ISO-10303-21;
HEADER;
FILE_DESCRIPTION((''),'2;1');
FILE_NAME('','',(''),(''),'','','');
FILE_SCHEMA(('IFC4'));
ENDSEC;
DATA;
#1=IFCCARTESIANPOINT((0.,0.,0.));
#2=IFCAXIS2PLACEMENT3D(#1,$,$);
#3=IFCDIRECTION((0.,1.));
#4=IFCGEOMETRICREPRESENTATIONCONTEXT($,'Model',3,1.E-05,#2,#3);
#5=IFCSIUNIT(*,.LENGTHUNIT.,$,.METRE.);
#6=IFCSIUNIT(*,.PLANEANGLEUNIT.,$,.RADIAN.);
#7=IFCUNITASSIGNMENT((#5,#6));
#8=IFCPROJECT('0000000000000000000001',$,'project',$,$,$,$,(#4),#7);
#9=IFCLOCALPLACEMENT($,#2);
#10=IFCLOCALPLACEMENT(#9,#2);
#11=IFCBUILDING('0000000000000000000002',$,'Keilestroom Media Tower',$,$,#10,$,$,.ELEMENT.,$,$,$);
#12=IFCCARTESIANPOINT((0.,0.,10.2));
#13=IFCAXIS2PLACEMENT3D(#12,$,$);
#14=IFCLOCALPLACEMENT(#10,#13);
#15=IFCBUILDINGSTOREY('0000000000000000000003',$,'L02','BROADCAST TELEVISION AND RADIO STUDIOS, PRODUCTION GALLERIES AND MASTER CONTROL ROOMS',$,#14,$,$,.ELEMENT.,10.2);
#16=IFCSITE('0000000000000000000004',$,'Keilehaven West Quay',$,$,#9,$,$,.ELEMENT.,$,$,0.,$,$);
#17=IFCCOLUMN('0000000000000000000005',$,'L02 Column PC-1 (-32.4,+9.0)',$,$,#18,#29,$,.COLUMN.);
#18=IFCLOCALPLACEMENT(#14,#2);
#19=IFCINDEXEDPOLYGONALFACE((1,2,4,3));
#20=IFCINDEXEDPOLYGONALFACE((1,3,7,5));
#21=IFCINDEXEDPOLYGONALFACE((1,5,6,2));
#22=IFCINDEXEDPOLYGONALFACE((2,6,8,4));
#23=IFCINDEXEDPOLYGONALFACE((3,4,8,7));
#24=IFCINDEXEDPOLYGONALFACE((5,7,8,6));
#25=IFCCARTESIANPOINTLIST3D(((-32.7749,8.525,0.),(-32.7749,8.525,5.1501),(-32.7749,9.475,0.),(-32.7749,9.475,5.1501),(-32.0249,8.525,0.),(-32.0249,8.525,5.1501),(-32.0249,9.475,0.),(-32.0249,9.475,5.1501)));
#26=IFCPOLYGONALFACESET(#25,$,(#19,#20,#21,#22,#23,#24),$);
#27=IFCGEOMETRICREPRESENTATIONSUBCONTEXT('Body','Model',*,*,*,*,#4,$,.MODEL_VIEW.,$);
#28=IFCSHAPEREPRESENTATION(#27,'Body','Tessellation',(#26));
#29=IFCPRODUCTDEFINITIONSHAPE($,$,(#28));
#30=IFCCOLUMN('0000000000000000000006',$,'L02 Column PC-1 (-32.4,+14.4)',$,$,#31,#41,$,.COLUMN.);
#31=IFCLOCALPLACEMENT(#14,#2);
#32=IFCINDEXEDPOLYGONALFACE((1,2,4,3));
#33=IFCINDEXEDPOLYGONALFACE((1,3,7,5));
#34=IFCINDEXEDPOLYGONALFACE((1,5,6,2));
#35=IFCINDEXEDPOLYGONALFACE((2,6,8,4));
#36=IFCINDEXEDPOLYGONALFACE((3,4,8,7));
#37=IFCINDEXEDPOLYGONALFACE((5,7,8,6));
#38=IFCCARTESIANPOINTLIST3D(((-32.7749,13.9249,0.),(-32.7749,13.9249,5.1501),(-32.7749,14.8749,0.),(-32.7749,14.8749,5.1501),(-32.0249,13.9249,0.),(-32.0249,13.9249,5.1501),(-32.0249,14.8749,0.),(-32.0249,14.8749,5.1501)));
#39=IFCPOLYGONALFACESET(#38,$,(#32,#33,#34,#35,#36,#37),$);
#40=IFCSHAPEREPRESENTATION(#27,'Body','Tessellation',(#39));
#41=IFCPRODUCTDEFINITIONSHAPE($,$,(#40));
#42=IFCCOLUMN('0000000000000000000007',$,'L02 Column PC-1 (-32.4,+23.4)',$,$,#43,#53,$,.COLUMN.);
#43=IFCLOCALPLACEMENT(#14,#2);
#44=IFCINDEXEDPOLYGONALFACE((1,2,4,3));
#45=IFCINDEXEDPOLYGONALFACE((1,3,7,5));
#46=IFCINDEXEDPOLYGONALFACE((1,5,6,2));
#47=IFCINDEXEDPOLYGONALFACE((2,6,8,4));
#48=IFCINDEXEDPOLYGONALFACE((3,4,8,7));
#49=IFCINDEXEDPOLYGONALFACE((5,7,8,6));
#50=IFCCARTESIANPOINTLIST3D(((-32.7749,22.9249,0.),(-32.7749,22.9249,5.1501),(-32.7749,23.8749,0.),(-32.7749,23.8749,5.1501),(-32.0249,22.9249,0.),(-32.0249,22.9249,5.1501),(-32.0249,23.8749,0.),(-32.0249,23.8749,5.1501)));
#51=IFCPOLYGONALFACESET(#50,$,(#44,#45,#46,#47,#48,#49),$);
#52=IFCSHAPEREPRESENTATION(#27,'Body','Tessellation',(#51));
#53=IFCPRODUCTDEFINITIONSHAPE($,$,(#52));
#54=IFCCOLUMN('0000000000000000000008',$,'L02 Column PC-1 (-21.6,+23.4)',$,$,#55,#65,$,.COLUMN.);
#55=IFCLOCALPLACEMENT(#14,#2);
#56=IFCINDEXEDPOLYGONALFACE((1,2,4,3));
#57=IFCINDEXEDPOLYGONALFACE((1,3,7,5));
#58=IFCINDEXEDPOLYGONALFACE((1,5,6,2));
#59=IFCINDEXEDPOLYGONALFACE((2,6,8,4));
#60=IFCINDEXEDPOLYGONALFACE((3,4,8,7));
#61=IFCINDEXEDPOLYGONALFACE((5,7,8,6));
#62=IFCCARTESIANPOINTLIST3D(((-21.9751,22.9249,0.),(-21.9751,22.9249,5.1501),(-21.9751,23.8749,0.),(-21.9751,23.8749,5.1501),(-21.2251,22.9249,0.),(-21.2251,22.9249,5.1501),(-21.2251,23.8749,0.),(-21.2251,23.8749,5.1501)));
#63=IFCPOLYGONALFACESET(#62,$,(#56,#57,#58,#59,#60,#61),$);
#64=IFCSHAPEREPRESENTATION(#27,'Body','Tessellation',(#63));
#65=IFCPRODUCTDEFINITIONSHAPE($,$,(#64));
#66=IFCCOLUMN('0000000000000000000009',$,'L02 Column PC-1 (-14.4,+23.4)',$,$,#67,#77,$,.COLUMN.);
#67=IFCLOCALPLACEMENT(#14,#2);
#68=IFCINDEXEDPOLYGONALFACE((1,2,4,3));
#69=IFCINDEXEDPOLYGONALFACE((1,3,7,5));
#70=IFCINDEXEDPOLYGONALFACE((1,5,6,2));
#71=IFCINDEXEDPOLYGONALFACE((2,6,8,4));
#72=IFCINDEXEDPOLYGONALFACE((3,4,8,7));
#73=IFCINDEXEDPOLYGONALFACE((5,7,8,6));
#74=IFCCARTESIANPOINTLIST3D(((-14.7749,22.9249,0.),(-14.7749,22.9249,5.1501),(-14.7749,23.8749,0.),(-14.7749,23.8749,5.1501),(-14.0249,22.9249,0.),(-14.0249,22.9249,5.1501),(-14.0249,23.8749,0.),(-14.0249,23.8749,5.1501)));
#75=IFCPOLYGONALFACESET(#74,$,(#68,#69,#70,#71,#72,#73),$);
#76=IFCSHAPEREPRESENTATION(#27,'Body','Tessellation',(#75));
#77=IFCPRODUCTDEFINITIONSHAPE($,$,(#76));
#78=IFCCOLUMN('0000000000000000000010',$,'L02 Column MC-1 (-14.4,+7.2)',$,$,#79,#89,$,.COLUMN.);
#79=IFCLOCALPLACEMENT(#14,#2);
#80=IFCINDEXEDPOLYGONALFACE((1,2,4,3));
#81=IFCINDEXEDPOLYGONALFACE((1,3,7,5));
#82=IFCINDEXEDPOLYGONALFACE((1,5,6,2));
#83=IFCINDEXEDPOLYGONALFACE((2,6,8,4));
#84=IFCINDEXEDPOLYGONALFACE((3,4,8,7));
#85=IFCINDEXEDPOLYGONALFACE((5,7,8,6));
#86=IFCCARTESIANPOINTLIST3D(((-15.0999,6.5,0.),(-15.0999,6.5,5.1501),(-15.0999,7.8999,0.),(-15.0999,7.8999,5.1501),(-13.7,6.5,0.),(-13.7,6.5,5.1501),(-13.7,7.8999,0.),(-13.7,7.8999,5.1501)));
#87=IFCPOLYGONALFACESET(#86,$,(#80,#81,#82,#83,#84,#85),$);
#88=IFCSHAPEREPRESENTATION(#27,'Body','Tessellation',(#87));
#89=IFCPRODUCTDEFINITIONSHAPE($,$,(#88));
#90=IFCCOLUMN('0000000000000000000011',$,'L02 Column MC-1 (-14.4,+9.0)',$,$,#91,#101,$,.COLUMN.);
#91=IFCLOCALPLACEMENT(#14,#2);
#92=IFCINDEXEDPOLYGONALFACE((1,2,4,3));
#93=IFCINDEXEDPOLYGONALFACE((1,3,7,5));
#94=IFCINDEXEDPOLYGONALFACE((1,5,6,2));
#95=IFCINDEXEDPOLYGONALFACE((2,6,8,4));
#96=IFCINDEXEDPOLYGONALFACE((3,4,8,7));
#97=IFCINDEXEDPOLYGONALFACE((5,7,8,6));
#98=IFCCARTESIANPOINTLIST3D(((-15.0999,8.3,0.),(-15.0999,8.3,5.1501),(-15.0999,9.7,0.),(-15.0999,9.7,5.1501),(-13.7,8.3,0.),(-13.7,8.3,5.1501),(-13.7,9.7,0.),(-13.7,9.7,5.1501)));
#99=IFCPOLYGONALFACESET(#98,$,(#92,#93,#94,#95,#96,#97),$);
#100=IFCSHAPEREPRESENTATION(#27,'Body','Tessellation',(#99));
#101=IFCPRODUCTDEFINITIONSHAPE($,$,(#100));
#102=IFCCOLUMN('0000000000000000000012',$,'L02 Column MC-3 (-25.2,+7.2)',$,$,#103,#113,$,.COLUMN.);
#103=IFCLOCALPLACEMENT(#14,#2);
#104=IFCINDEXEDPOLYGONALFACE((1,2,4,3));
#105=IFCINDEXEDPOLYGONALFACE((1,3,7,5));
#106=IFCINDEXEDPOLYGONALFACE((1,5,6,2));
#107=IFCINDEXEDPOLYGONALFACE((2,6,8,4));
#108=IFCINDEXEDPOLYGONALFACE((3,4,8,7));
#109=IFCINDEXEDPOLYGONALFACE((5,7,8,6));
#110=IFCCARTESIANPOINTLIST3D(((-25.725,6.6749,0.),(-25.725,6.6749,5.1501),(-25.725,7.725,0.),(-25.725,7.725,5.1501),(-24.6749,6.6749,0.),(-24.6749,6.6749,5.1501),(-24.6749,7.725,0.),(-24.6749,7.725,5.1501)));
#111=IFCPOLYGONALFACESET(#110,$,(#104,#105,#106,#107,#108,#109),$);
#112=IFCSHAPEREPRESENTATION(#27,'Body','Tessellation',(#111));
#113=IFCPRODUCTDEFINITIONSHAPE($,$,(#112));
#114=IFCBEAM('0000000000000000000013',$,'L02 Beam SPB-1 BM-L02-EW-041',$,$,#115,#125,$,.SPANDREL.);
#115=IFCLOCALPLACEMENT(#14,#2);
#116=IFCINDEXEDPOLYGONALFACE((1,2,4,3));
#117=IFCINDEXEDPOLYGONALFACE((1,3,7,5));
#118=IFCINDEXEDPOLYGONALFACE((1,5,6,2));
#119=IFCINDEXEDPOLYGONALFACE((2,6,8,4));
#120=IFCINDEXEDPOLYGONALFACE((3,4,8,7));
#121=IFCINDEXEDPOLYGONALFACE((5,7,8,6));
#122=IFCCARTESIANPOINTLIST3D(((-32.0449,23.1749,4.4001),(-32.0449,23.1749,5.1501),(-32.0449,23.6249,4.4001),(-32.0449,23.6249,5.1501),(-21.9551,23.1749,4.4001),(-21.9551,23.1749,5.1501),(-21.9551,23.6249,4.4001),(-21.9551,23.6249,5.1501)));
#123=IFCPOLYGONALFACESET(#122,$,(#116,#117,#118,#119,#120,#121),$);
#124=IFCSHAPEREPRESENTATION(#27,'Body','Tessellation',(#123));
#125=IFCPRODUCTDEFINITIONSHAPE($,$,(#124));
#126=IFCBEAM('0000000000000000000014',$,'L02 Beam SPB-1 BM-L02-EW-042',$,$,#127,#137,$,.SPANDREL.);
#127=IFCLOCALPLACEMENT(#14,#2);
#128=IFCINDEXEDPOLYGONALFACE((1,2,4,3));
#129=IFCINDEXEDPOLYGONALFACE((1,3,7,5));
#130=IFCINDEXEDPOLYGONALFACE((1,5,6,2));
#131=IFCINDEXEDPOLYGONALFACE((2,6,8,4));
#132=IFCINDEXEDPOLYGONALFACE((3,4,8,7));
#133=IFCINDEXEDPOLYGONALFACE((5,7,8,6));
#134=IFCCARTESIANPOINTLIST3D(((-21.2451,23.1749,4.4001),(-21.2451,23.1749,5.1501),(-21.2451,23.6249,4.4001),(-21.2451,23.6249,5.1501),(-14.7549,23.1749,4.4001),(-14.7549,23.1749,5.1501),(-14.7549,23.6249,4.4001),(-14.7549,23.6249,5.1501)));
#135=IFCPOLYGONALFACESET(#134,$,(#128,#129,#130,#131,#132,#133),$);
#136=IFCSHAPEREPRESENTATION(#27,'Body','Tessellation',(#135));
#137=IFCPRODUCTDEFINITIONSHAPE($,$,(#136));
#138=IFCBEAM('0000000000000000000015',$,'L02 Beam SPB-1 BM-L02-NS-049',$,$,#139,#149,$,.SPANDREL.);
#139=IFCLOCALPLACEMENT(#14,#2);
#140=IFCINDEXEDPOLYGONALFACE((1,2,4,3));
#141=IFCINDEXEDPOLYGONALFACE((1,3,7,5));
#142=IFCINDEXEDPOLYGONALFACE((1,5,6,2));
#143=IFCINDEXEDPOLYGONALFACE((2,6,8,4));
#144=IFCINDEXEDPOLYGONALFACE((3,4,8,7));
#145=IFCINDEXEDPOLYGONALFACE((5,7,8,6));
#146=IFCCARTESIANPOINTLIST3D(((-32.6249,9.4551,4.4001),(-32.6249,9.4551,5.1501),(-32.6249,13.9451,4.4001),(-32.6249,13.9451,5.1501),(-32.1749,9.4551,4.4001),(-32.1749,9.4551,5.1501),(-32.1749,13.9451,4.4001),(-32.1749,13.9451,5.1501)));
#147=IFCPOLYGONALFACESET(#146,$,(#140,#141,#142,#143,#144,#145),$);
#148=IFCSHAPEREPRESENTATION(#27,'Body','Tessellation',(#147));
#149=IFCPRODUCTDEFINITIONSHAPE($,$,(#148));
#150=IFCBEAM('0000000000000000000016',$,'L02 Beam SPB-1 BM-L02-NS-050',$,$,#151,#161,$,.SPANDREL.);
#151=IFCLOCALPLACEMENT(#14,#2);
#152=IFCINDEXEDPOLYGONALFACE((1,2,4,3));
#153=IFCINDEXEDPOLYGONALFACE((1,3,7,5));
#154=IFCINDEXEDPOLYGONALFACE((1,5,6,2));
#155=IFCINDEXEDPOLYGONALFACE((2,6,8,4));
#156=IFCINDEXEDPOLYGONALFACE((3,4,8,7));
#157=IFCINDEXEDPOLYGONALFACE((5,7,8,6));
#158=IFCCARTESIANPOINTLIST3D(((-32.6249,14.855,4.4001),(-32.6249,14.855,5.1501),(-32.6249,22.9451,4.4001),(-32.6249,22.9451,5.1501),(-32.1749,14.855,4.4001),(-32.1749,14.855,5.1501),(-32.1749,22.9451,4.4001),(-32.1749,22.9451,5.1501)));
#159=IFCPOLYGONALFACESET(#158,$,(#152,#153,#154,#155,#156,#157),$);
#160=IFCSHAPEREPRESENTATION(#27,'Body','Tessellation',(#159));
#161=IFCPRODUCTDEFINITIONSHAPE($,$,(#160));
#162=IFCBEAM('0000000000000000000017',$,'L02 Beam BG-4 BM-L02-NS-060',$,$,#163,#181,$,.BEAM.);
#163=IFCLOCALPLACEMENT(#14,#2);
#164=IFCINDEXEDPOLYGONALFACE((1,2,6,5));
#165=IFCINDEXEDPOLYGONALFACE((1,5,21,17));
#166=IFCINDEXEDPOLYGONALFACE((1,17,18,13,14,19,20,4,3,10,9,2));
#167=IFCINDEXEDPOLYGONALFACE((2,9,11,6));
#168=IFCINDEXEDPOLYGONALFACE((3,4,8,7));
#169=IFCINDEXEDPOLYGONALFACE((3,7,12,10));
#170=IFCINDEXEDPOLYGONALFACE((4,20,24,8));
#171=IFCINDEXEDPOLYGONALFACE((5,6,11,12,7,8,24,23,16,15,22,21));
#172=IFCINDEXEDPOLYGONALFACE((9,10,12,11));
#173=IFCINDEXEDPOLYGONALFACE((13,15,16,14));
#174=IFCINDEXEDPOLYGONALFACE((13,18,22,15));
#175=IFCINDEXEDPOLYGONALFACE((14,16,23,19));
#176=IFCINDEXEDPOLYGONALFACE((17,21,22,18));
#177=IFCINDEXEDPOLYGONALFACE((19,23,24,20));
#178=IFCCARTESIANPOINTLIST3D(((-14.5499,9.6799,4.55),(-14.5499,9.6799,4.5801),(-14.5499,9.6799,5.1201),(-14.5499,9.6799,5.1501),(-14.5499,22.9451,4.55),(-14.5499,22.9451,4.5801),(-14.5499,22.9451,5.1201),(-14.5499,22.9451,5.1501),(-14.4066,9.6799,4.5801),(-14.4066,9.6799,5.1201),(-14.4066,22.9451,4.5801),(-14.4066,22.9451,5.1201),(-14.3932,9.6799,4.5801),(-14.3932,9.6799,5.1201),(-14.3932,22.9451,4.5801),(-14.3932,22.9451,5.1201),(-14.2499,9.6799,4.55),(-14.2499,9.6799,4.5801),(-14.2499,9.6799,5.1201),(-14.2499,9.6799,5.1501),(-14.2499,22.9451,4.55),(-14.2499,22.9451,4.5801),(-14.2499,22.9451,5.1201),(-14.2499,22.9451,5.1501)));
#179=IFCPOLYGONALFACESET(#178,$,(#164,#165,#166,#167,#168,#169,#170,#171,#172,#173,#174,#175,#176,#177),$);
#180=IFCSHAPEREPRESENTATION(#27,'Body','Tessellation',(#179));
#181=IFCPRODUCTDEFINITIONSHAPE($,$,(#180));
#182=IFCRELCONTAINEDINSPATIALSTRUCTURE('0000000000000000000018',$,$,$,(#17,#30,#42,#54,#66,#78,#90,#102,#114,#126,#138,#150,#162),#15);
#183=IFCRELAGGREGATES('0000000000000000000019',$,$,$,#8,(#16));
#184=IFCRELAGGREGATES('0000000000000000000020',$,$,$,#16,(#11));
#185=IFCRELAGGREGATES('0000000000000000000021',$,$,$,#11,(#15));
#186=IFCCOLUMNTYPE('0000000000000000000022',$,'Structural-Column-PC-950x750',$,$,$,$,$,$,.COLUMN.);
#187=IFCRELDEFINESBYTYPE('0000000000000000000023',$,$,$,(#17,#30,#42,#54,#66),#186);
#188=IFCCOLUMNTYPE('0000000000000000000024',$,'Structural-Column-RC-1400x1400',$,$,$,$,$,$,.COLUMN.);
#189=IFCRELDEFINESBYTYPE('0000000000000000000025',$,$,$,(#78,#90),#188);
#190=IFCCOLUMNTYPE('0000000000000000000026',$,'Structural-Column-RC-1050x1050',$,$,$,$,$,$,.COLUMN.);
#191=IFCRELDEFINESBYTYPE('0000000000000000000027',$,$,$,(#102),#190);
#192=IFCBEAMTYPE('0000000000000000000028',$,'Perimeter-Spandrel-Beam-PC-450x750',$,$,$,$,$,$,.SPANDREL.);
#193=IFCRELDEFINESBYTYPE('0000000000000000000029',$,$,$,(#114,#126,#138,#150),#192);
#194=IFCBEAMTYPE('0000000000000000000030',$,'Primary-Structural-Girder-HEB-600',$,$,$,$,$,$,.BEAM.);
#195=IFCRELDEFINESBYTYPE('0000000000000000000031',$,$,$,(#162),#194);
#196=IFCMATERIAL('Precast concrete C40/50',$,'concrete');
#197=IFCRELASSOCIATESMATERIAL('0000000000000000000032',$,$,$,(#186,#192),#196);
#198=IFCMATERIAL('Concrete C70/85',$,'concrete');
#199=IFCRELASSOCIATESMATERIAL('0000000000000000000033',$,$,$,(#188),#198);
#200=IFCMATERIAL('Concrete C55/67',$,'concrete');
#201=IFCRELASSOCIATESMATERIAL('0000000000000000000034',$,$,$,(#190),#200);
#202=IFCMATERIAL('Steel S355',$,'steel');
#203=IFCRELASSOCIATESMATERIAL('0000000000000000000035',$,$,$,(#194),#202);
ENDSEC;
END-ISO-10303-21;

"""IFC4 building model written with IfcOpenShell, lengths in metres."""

from ifc_helpers import new_model, si_unit, direction, frame, origin, origin_2d, place, context, subcontext, project, spatial, rectangle, i_section, extrude, source, transform, mapped, material, material_profile, profile_set, type_object, element, save


model = new_model("IFC4")

# Units and contexts
model_context = context("Model", 3, precision=1e-05, world=origin(), true_north=direction((0.0, 1.0)))
body_context = subcontext(model_context, "Body", "Model", "MODEL_VIEW")
ifc_project = project(units=[si_unit("LENGTHUNIT", "METRE"), si_unit("PLANEANGLEUNIT", "RADIAN")], contexts=[model_context])

# Site, building, storey
site_placement = place(None, origin())
site = spatial("IfcSite", under=ifc_project, at=site_placement, Name="Keilehaven West Quay", CompositionType="ELEMENT", RefElevation=0.0)
building_placement = place(site_placement, origin())
building = spatial("IfcBuilding", under=site, at=building_placement, Name="Keilestroom Media Tower", CompositionType="ELEMENT")
storey_placement = place(building_placement, frame((0.0, 0.0, 10.2)))
storey = spatial("IfcBuildingStorey", under=building, at=storey_placement, Name="L02", Description="BROADCAST TELEVISION AND RADIO STUDIOS, PRODUCTION GALLERIES AND MASTER CONTROL ROOMS", CompositionType="ELEMENT", Elevation=10.2)

# Columns
ifc_material_1 = material(Name="Precast concrete C40/50", Category="concrete")
ifc_material_profile_1 = material_profile(ifc_material_1, rectangle(XDim=0.75, YDim=0.95, at=origin_2d()), Name="PC 950x750")
ifc_profile_set_1 = profile_set([ifc_material_profile_1], Name="Precast concrete C40/50")
column_type_1 = type_object("IfcColumnType", Name="Structural-Column-PC-950x750", PredefinedType="COLUMN", material=ifc_profile_set_1)
shared_shape_1 = source(origin(), body_context, "Body", "SweptSolid", [
    extrude(rectangle(XDim=0.75, YDim=0.95, at=origin_2d()), origin(), (0.0, 0.0, 1.0), 5.1501),
])
for number, where, z_axis, x_axis, name in (
    (1, (-32.3999, 9.0, 0.0), (0.0, 0.0, 1.0), (1.0, 0.0, 0.0), "L02 Column PC-1 (-32.4,+9.0)"),
    (2, (-32.3999, 14.3999, 0.0), (0.0, 0.0, 1.0), (1.0, 0.0, 0.0), "L02 Column PC-1 (-32.4,+14.4)"),
    (3, (-32.3999, 23.3999, 0.0), (0.0, 0.0, 1.0), (1.0, 0.0, 0.0), "L02 Column PC-1 (-32.4,+23.4)"),
    (4, (-21.6001, 23.3999, 0.0), (0.0, 0.0, 1.0), (1.0, 0.0, 0.0), "L02 Column PC-1 (-21.6,+23.4)"),
    (5, (-14.3999, 23.3999, 0.0), (0.0, 0.0, 1.0), (1.0, 0.0, 0.0), "L02 Column PC-1 (-14.4,+23.4)"),
):
    element("IfcColumn", number, at=place(storey_placement, frame(where, z_axis=z_axis, x_axis=x_axis)), inside=storey, type_object=column_type_1, Name=name, PredefinedType="COLUMN", context=body_context, shape_type="MappedRepresentation", body=[
        mapped(shared_shape_1, transform((0.0, 0.0, 0.0), x_axis=(1.0, 0.0, 0.0), y_axis=(0.0, 1.0, 0.0), z_axis=(0.0, 0.0, 1.0), scale=1.0)),
    ])
ifc_material_2 = material(Name="Concrete C70/85", Category="concrete")
ifc_material_profile_2 = material_profile(ifc_material_2, rectangle(XDim=1.3999, YDim=1.3999, at=origin_2d()), Name="RC 1400x1400")
ifc_profile_set_2 = profile_set([ifc_material_profile_2], Name="Concrete C70/85")
column_type_2 = type_object("IfcColumnType", Name="Structural-Column-RC-1400x1400", PredefinedType="COLUMN", material=ifc_profile_set_2)
shared_shape_2 = source(origin(), body_context, "Body", "SweptSolid", [
    extrude(rectangle(XDim=1.3999, YDim=1.3999, at=origin_2d()), origin(), (0.0, 0.0, 1.0), 5.1501),
])
for number, where, z_axis, x_axis, name in (
    (6, (-14.3999, 7.2, 0.0), (0.0, 0.0, 1.0), (1.0, 0.0, 0.0), "L02 Column MC-1 (-14.4,+7.2)"),
    (7, (-14.3999, 9.0, 0.0), (0.0, 0.0, 1.0), (1.0, 0.0, 0.0), "L02 Column MC-1 (-14.4,+9.0)"),
):
    element("IfcColumn", number, at=place(storey_placement, frame(where, z_axis=z_axis, x_axis=x_axis)), inside=storey, type_object=column_type_2, Name=name, PredefinedType="COLUMN", context=body_context, shape_type="MappedRepresentation", body=[
        mapped(shared_shape_2, transform((0.0, 0.0, 0.0), x_axis=(1.0, 0.0, 0.0), y_axis=(0.0, 1.0, 0.0), z_axis=(0.0, 0.0, 1.0), scale=1.0)),
    ])
ifc_material_3 = material(Name="Concrete C55/67", Category="concrete")
ifc_material_profile_3 = material_profile(ifc_material_3, rectangle(XDim=1.05, YDim=1.05, at=origin_2d()), Name="RC 1050x1050")
ifc_profile_set_3 = profile_set([ifc_material_profile_3], Name="Concrete C55/67")
column_type_3 = type_object("IfcColumnType", Name="Structural-Column-RC-1050x1050", PredefinedType="COLUMN", material=ifc_profile_set_3)
shared_shape_3 = source(origin(), body_context, "Body", "SweptSolid", [
    extrude(rectangle(XDim=1.05, YDim=1.05, at=origin_2d()), origin(), (0.0, 0.0, 1.0), 5.1501),
])
column_placement = place(storey_placement, frame((-25.2, 7.2, 0.0), z_axis=(0.0, 0.0, 1.0), x_axis=(1.0, 0.0, 0.0)))
element("IfcColumn", 8, at=column_placement, inside=storey, type_object=column_type_3, Name="L02 Column MC-3 (-25.2,+7.2)", PredefinedType="COLUMN", context=body_context, shape_type="MappedRepresentation", body=[
    mapped(shared_shape_3, transform((0.0, 0.0, 0.0), x_axis=(1.0, 0.0, 0.0), y_axis=(0.0, 1.0, 0.0), z_axis=(0.0, 0.0, 1.0), scale=1.0)),
])

# Beams
ifc_material_profile_4 = material_profile(ifc_material_1, rectangle(XDim=0.45, YDim=0.75, at=origin_2d()), Name="PC 450x750")
ifc_profile_set_4 = profile_set([ifc_material_profile_4], Name="Precast concrete C40/50")
beam_type_1 = type_object("IfcBeamType", Name="Perimeter-Spandrel-Beam-PC-450x750", PredefinedType="SPANDREL", material=ifc_profile_set_4)
shared_shape_4 = source(origin(), body_context, "Body", "SweptSolid", [
    extrude(rectangle(XDim=0.45, YDim=0.75, at=origin_2d()), origin(), (0.0, 0.0, 1.0), 10.0898),
])
beam_1_placement = place(storey_placement, frame((-32.0449, 23.3999, 4.7751), z_axis=(1.0, 0.0, 0.0), x_axis=(0.0, 1.0, 0.0)))
element("IfcBeam", 9, at=beam_1_placement, inside=storey, type_object=beam_type_1, Name="L02 Beam SPB-1 BM-L02-EW-041", PredefinedType="SPANDREL", context=body_context, shape_type="MappedRepresentation", body=[
    mapped(shared_shape_4, transform((0.0, 0.0, 0.0), x_axis=(1.0, 0.0, 0.0), y_axis=(0.0, 1.0, 0.0), z_axis=(0.0, 0.0, 1.0), scale=1.0)),
])
shared_shape_5 = source(origin(), body_context, "Body", "SweptSolid", [
    extrude(rectangle(XDim=0.45, YDim=0.75, at=origin_2d()), origin(), (0.0, 0.0, 1.0), 6.4902),
])
beam_2_placement = place(storey_placement, frame((-21.2451, 23.3999, 4.7751), z_axis=(1.0, 0.0, 0.0), x_axis=(0.0, 1.0, 0.0)))
element("IfcBeam", 10, at=beam_2_placement, inside=storey, type_object=beam_type_1, Name="L02 Beam SPB-1 BM-L02-EW-042", PredefinedType="SPANDREL", context=body_context, shape_type="MappedRepresentation", body=[
    mapped(shared_shape_5, transform((0.0, 0.0, 0.0), x_axis=(1.0, 0.0, 0.0), y_axis=(0.0, 1.0, 0.0), z_axis=(0.0, 0.0, 1.0), scale=1.0)),
])
shared_shape_6 = source(origin(), body_context, "Body", "SweptSolid", [
    extrude(rectangle(XDim=0.45, YDim=0.75, at=origin_2d()), origin(), (0.0, 0.0, 1.0), 4.49),
])
beam_3_placement = place(storey_placement, frame((-32.3999, 9.4551, 4.7751), z_axis=(0.0, 1.0, 0.0), x_axis=(-1.0, 0.0, 0.0)))
element("IfcBeam", 11, at=beam_3_placement, inside=storey, type_object=beam_type_1, Name="L02 Beam SPB-1 BM-L02-NS-049", PredefinedType="SPANDREL", context=body_context, shape_type="MappedRepresentation", body=[
    mapped(shared_shape_6, transform((0.0, 0.0, 0.0), x_axis=(1.0, 0.0, 0.0), y_axis=(0.0, 1.0, 0.0), z_axis=(0.0, 0.0, 1.0), scale=1.0)),
])
shared_shape_7 = source(origin(), body_context, "Body", "SweptSolid", [
    extrude(rectangle(XDim=0.45, YDim=0.75, at=origin_2d()), origin(), (0.0, 0.0, 1.0), 8.0901),
])
beam_4_placement = place(storey_placement, frame((-32.3999, 14.855, 4.7751), z_axis=(0.0, 1.0, 0.0), x_axis=(-1.0, 0.0, 0.0)))
element("IfcBeam", 12, at=beam_4_placement, inside=storey, type_object=beam_type_1, Name="L02 Beam SPB-1 BM-L02-NS-050", PredefinedType="SPANDREL", context=body_context, shape_type="MappedRepresentation", body=[
    mapped(shared_shape_7, transform((0.0, 0.0, 0.0), x_axis=(1.0, 0.0, 0.0), y_axis=(0.0, 1.0, 0.0), z_axis=(0.0, 0.0, 1.0), scale=1.0)),
])
ifc_material_4 = material(Name="Steel S355", Category="steel")
ifc_material_profile_5 = material_profile(ifc_material_4, i_section(OverallWidth=0.3, OverallDepth=0.6001, WebThickness=0.0134, FlangeThickness=0.03, at=origin_2d()), Name="HEB 600")
ifc_profile_set_5 = profile_set([ifc_material_profile_5], Name="Steel S355")
beam_type_2 = type_object("IfcBeamType", Name="Primary-Structural-Girder-HEB-600", PredefinedType="BEAM", material=ifc_profile_set_5)
shared_shape_8 = source(origin(), body_context, "Body", "SweptSolid", [
    extrude(i_section(OverallWidth=0.3, OverallDepth=0.6001, WebThickness=0.0134, FlangeThickness=0.03, at=origin_2d()), origin(), (0.0, 0.0, 1.0), 13.2651),
])
beam_5_placement = place(storey_placement, frame((-14.3999, 9.6799, 4.8501), z_axis=(0.0, 1.0, 0.0), x_axis=(-1.0, 0.0, 0.0)))
element("IfcBeam", 13, at=beam_5_placement, inside=storey, type_object=beam_type_2, Name="L02 Beam BG-4 BM-L02-NS-060", PredefinedType="BEAM", context=body_context, shape_type="MappedRepresentation", body=[
    mapped(shared_shape_8, transform((0.0, 0.0, 0.0), x_axis=(1.0, 0.0, 0.0), y_axis=(0.0, 1.0, 0.0), z_axis=(0.0, 0.0, 1.0), scale=1.0)),
])

save(model, "model.ifc")
